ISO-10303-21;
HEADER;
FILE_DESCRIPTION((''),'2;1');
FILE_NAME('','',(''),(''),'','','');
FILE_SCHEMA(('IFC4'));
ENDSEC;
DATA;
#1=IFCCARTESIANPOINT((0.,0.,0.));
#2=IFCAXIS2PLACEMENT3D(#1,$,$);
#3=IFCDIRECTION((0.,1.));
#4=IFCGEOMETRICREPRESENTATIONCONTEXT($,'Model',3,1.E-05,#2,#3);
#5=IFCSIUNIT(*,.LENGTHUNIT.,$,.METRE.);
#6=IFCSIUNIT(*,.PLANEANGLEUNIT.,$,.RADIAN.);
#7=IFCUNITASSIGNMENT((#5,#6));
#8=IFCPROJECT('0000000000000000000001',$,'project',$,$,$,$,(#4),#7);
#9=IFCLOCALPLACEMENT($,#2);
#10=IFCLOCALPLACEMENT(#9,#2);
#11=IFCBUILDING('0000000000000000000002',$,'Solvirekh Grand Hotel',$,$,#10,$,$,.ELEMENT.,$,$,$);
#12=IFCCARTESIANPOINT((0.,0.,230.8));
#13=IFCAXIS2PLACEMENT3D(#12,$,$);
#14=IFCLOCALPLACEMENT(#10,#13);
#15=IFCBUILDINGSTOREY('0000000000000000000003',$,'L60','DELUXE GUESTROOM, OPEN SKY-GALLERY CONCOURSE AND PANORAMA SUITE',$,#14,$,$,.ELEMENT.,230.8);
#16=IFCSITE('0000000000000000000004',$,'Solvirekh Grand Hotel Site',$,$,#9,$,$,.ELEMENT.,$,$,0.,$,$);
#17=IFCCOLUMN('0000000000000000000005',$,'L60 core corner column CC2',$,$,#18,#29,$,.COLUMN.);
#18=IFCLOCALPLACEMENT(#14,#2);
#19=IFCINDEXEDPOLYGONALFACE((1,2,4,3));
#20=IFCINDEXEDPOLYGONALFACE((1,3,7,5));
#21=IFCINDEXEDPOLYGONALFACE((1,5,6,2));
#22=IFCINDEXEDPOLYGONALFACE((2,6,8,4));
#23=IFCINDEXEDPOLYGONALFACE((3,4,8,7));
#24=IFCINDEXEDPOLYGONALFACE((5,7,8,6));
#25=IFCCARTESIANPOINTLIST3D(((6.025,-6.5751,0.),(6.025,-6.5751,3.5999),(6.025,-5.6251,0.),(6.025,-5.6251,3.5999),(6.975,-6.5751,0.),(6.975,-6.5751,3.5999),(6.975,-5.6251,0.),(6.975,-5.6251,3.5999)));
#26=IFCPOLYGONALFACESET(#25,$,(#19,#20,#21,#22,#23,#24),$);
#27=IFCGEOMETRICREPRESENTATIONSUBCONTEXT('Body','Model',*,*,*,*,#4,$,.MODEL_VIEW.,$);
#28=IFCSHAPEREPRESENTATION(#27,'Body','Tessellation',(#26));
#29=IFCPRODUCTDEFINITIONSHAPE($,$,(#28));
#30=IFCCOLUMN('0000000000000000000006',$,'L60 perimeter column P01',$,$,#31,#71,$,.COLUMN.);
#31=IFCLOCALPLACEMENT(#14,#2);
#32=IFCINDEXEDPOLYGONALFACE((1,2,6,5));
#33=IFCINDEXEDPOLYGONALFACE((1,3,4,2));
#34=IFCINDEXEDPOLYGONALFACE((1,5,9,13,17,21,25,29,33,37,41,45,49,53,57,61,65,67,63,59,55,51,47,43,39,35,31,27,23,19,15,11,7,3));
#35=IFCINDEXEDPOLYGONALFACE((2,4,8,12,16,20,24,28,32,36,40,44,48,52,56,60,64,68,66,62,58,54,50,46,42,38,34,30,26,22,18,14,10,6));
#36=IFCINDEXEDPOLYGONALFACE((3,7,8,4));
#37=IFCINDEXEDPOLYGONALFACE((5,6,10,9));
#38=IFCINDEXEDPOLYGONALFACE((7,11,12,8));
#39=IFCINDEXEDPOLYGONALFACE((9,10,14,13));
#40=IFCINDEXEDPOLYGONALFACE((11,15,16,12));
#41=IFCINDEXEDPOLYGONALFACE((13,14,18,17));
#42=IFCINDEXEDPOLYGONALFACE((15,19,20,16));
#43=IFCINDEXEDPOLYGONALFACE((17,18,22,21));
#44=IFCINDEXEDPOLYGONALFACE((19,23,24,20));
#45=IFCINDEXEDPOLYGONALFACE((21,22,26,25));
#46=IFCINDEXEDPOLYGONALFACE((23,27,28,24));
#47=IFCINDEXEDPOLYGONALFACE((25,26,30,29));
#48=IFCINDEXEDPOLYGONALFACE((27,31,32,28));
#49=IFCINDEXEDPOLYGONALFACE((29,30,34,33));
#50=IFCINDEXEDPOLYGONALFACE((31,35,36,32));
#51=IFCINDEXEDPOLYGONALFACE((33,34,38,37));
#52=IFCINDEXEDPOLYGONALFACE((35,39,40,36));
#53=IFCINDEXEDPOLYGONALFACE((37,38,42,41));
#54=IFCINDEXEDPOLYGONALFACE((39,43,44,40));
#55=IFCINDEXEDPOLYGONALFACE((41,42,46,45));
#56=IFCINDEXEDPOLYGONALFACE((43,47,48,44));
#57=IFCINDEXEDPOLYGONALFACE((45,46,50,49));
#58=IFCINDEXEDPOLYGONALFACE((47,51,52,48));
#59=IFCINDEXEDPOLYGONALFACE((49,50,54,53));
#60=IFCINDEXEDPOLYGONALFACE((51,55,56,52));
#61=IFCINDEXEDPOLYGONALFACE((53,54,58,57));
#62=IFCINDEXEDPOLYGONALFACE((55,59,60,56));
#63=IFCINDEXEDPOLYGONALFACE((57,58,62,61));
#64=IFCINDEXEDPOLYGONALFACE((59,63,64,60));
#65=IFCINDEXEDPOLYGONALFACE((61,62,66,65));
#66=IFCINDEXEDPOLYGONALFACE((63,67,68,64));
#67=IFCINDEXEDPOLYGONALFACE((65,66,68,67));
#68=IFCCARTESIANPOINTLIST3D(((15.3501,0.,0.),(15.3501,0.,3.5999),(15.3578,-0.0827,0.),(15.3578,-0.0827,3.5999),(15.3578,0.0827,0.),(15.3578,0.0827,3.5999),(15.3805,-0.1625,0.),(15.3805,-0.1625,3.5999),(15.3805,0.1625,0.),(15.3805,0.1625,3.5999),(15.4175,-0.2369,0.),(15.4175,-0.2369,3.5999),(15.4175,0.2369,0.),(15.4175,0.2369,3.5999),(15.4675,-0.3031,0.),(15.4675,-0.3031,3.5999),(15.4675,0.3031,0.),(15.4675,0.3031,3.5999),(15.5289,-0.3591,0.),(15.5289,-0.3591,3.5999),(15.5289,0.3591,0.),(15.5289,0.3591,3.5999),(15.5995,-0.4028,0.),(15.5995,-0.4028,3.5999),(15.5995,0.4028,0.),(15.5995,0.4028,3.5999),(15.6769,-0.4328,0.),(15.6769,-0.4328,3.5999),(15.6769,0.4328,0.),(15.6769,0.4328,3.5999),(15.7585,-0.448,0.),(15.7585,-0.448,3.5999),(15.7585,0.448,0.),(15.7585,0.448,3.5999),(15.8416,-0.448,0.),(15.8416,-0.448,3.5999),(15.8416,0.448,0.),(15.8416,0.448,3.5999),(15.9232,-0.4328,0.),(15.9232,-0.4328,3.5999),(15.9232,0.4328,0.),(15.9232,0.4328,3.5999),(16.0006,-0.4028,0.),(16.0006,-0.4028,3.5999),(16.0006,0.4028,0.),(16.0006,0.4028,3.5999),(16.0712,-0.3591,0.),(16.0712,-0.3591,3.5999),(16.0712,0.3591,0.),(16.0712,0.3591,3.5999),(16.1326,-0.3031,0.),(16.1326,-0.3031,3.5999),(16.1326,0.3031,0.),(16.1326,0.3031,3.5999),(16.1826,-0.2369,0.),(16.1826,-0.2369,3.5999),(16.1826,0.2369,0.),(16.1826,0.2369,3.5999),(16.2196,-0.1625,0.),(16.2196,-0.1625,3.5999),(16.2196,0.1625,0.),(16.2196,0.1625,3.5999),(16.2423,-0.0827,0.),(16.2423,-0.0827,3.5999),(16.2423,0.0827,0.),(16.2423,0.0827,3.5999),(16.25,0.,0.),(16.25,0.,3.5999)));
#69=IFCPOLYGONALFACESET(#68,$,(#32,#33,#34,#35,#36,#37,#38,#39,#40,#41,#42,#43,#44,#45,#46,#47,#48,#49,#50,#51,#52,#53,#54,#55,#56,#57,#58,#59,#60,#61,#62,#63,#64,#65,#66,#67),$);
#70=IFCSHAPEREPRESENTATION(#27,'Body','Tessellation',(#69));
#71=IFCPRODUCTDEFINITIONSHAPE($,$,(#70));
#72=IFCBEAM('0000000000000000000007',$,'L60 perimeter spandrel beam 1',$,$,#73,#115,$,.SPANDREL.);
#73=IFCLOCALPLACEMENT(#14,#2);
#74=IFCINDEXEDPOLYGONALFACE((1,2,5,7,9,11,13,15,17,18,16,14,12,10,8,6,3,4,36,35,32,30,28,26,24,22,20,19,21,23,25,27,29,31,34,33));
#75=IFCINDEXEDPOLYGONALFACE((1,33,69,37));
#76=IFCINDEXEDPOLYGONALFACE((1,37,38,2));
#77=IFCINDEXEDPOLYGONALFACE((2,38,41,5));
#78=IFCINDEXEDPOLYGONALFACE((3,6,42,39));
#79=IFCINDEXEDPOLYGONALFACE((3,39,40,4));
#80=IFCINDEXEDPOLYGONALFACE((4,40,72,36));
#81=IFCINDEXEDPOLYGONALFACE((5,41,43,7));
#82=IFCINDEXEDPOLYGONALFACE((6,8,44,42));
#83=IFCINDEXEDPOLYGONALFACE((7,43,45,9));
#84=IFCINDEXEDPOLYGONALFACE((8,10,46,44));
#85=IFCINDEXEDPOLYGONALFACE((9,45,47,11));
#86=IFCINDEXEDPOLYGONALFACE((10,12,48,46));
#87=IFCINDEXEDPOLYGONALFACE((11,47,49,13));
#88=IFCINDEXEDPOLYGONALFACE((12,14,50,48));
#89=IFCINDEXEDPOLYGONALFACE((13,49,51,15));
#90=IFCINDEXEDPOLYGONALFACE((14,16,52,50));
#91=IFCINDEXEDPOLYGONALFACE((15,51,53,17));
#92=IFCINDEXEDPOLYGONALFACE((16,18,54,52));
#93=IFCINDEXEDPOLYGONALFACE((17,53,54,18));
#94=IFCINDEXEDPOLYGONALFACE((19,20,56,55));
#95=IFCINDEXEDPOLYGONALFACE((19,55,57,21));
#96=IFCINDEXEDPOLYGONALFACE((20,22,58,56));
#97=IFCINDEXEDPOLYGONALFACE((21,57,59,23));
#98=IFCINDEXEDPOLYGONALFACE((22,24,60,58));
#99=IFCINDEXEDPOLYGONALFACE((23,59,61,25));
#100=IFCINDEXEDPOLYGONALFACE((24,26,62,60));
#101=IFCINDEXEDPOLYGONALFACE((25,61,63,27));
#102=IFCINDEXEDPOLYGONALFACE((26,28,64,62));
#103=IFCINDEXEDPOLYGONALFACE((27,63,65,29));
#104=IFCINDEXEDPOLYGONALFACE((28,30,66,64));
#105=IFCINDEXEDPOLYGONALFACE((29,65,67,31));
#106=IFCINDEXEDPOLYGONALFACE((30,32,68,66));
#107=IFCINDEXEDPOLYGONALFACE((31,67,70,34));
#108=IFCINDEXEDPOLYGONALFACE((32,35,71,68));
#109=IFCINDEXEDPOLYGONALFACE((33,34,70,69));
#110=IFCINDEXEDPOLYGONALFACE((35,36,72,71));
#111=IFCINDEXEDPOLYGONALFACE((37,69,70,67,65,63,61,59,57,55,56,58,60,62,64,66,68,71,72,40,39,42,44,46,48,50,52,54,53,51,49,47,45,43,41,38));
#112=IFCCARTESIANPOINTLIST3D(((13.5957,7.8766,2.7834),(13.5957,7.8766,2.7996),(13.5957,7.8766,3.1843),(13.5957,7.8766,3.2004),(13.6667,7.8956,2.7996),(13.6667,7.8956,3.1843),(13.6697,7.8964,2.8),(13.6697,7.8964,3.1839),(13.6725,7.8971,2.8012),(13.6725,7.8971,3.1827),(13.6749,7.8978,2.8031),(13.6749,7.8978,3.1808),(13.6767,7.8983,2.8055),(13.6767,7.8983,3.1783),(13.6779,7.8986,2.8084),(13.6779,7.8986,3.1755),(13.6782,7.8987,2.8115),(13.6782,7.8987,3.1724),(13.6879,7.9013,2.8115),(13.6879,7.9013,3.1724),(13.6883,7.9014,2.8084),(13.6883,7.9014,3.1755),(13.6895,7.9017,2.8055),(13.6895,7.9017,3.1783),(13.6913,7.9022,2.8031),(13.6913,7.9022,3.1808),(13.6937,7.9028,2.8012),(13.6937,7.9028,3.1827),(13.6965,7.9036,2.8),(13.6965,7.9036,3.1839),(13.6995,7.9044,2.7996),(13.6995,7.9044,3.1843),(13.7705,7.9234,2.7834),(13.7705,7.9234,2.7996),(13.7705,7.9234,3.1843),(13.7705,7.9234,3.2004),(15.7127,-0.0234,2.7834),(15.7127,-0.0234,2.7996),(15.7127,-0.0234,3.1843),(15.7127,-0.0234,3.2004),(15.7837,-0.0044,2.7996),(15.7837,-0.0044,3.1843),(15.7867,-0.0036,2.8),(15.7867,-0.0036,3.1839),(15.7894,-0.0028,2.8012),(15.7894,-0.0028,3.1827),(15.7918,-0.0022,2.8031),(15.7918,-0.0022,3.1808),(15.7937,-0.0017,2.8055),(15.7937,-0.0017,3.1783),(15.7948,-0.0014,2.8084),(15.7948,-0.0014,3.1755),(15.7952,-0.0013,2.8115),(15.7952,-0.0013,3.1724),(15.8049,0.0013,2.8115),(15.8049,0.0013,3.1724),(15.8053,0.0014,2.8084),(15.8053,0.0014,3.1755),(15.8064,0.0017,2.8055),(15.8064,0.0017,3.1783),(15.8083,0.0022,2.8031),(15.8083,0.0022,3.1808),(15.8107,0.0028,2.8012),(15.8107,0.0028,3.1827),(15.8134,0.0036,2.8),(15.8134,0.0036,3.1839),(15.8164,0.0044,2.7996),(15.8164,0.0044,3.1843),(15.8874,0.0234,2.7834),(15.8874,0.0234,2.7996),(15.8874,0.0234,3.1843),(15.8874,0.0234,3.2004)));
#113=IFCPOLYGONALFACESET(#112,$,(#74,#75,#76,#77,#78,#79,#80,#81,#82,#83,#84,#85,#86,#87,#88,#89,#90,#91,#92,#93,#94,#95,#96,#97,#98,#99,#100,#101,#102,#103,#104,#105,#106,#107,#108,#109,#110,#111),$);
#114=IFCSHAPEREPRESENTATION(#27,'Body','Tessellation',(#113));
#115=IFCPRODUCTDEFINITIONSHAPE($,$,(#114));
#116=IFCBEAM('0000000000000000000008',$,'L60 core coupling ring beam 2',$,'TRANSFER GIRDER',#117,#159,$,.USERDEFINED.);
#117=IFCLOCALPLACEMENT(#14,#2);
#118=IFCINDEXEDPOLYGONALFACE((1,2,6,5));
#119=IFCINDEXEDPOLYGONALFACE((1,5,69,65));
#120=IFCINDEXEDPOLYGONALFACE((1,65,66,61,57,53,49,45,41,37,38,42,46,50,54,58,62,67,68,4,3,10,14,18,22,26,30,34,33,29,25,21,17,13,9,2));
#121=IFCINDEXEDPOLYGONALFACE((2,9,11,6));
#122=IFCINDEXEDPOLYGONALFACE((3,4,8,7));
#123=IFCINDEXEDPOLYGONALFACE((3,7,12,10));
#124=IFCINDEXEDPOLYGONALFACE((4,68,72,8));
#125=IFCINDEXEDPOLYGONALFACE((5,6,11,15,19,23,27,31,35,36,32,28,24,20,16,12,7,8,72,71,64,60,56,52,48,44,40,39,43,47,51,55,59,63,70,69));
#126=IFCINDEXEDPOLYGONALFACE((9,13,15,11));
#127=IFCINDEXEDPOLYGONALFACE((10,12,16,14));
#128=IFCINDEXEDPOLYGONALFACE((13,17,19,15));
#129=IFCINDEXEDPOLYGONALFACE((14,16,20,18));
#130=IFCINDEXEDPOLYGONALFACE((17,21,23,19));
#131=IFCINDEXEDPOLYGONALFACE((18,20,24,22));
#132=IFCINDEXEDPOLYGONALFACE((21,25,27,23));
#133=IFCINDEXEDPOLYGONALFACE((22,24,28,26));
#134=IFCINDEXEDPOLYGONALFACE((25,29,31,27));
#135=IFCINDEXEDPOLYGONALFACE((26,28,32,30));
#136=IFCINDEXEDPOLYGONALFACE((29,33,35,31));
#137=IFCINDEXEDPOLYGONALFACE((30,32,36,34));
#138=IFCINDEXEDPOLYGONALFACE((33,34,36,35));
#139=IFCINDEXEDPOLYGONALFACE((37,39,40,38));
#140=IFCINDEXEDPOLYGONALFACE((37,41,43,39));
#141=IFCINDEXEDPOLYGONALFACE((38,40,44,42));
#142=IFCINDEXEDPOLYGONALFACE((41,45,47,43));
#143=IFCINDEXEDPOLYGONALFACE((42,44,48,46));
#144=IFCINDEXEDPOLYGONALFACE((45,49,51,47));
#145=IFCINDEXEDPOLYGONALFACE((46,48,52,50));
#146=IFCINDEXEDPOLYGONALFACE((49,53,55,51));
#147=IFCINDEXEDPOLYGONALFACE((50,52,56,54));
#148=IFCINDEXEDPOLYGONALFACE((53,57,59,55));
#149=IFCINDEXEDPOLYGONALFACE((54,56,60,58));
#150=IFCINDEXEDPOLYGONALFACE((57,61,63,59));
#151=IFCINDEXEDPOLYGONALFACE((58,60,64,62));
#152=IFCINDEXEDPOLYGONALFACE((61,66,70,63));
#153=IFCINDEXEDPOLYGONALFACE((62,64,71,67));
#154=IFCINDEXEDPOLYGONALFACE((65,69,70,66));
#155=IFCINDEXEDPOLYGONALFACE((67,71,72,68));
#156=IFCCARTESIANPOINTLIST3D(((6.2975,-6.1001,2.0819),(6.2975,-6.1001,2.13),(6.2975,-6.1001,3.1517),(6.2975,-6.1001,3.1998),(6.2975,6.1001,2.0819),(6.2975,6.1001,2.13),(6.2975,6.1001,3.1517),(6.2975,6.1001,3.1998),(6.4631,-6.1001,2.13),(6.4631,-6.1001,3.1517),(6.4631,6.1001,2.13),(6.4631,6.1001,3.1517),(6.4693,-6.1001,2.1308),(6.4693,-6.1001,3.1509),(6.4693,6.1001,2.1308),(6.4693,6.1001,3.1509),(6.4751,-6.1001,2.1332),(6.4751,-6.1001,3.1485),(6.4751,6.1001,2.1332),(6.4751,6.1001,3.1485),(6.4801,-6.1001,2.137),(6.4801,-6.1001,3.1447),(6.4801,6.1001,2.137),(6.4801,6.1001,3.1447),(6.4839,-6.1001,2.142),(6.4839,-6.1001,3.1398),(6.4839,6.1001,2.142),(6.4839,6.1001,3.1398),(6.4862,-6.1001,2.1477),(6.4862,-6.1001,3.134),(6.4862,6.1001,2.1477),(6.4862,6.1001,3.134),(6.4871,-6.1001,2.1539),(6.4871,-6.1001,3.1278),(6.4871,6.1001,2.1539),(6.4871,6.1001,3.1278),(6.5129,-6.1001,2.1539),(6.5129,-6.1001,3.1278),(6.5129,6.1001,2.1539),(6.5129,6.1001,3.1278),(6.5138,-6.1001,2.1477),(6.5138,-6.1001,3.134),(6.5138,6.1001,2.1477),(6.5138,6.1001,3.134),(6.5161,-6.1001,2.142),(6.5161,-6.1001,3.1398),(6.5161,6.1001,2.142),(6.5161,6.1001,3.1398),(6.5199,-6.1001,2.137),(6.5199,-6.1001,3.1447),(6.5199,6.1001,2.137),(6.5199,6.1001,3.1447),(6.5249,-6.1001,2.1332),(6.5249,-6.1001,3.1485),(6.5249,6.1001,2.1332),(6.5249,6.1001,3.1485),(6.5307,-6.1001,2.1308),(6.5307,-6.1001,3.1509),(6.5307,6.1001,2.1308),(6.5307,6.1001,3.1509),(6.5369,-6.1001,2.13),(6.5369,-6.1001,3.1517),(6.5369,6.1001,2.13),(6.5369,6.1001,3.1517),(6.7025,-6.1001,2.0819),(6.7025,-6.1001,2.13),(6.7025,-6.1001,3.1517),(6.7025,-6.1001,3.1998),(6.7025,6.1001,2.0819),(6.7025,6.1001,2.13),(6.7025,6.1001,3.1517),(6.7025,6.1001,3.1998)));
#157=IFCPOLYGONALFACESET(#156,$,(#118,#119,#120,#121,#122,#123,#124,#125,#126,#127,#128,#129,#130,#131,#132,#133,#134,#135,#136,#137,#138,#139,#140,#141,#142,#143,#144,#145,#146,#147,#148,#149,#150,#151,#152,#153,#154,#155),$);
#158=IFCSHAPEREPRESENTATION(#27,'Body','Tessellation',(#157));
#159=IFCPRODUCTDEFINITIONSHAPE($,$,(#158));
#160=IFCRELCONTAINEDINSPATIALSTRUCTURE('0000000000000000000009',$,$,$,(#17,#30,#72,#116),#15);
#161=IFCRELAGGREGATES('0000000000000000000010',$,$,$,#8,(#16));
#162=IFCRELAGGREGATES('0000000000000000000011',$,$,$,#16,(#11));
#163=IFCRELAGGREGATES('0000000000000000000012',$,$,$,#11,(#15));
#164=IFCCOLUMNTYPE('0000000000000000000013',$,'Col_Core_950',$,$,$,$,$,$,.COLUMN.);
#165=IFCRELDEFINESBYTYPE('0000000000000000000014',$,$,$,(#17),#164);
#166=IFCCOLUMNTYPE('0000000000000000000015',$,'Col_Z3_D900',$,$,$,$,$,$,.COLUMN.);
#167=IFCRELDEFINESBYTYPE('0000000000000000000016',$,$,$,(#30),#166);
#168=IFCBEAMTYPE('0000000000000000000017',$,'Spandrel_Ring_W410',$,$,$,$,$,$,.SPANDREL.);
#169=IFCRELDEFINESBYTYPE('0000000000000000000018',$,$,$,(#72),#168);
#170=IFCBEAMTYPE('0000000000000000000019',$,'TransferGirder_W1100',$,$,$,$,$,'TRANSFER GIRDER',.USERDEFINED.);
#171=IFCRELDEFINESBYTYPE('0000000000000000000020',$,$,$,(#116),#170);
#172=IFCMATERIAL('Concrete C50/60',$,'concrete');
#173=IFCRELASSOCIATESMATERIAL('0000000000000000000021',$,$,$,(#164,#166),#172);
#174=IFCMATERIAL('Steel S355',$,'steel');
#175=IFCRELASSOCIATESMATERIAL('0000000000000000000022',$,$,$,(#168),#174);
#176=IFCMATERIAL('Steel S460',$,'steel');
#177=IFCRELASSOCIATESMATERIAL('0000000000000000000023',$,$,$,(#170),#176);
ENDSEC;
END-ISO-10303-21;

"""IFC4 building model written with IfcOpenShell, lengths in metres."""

from ifc_helpers import new_model, si_unit, direction, frame, origin, origin_2d, place, context, subcontext, project, spatial, rectangle, circle, i_section, extrude, material, material_profile, profile_set, type_object, element, save


model = new_model("IFC4")

# Units and contexts
model_context = context("Model", 3, precision=1e-05, world=origin(), true_north=direction((0.0, 1.0)))
body_context = subcontext(model_context, "Body", "Model", "MODEL_VIEW")
ifc_project = project(units=[si_unit("LENGTHUNIT", "METRE"), si_unit("PLANEANGLEUNIT", "RADIAN")], contexts=[model_context])

# Site, building, storey
site_placement = place(None, origin())
site = spatial("IfcSite", under=ifc_project, at=site_placement, Name="Solvirekh Grand Hotel Site", CompositionType="ELEMENT", RefElevation=0.0)
building_placement = place(site_placement, origin())
building = spatial("IfcBuilding", under=site, at=building_placement, Name="Solvirekh Grand Hotel", CompositionType="ELEMENT")
storey_placement = place(building_placement, frame((0.0, 0.0, 230.8)))
storey = spatial("IfcBuildingStorey", under=building, at=storey_placement, Name="L60", Description="DELUXE GUESTROOM, OPEN SKY-GALLERY CONCOURSE AND PANORAMA SUITE", CompositionType="ELEMENT", Elevation=230.8)

# Columns
ifc_material_1 = material(Name="Concrete C50/60", Category="concrete")
ifc_material_profile_1 = material_profile(ifc_material_1, rectangle(XDim=0.95, YDim=0.95, at=origin_2d()), Name="RC 950X950")
ifc_profile_set_1 = profile_set([ifc_material_profile_1], Name="Concrete C50/60")
column_type_1 = type_object("IfcColumnType", Name="Col_Core_950", PredefinedType="COLUMN", material=ifc_profile_set_1)
column_1_placement = place(storey_placement, frame((6.5, -6.1001, 0.0), z_axis=(0.0, 0.0, 1.0), x_axis=(1.0, 0.0, 0.0)))
element("IfcColumn", 1, at=column_1_placement, inside=storey, type_object=column_type_1, Name="L60 core corner column CC2", PredefinedType="COLUMN", context=body_context, shape_type="SweptSolid", body=[
    extrude(rectangle(XDim=0.95, YDim=0.95, at=origin_2d()), origin(), (0.0, 0.0, 1.0), 3.5999),
])
ifc_material_profile_2 = material_profile(ifc_material_1, circle(Radius=0.45, at=origin_2d()), Name="RC CIRC D900")
ifc_profile_set_2 = profile_set([ifc_material_profile_2], Name="Concrete C50/60")
column_type_2 = type_object("IfcColumnType", Name="Col_Z3_D900", PredefinedType="COLUMN", material=ifc_profile_set_2)
column_2_placement = place(storey_placement, frame((15.8, 0.0, 0.0), z_axis=(0.0, 0.0, 1.0), x_axis=(1.0, 0.0, 0.0)))
element("IfcColumn", 2, at=column_2_placement, inside=storey, type_object=column_type_2, Name="L60 perimeter column P01", PredefinedType="COLUMN", context=body_context, shape_type="SweptSolid", body=[
    extrude(circle(Radius=0.45, at=origin_2d()), origin(), (0.0, 0.0, 1.0), 3.5999),
])

# Beams
ifc_material_2 = material(Name="Steel S355", Category="steel")
ifc_material_profile_3 = material_profile(ifc_material_2, i_section(OverallWidth=0.1809, OverallDepth=0.417, WebThickness=0.01, FlangeThickness=0.0161, FilletRadius=0.012, at=origin_2d()), Name="W410X85")
ifc_profile_set_3 = profile_set([ifc_material_profile_3], Name="Steel S355")
beam_type_1 = type_object("IfcBeamType", Name="Spandrel_Ring_W410", PredefinedType="SPANDREL", material=ifc_profile_set_3)
beam_1_placement = place(storey_placement, frame((15.8, 0.0, 2.9919), z_axis=(-0.258839, 0.965921, 0.0), x_axis=(-0.965921, -0.258839, 0.0)))
element("IfcBeam", 3, at=beam_1_placement, inside=storey, type_object=beam_type_1, Name="L60 perimeter spandrel beam 1", PredefinedType="SPANDREL", context=body_context, shape_type="SweptSolid", body=[
    extrude(i_section(OverallWidth=0.1809, OverallDepth=0.417, WebThickness=0.01, FlangeThickness=0.0161, FilletRadius=0.012, at=origin_2d()), origin(), (0.0, 0.0, 1.0), 8.1787),
])
ifc_material_3 = material(Name="Steel S460", Category="steel")
ifc_material_profile_4 = material_profile(ifc_material_3, i_section(OverallWidth=0.405, OverallDepth=1.1179, WebThickness=0.0259, FlangeThickness=0.0481, FilletRadius=0.0239, at=origin_2d()), Name="W1100X499")
ifc_profile_set_4 = profile_set([ifc_material_profile_4], Name="Steel S460")
beam_type_2 = type_object("IfcBeamType", Name="TransferGirder_W1100", ElementType="TRANSFER GIRDER", PredefinedType="USERDEFINED", material=ifc_profile_set_4)
beam_2_placement = place(storey_placement, frame((6.5, -6.1001, 2.6409), z_axis=(0.0, 1.0, 0.0), x_axis=(-1.0, 0.0, 0.0)))
element("IfcBeam", 4, at=beam_2_placement, inside=storey, type_object=beam_type_2, Name="L60 core coupling ring beam 2", ObjectType="TRANSFER GIRDER", PredefinedType="USERDEFINED", context=body_context, shape_type="SweptSolid", body=[
    extrude(i_section(OverallWidth=0.405, OverallDepth=1.1179, WebThickness=0.0259, FlangeThickness=0.0481, FilletRadius=0.0239, at=origin_2d()), origin(), (0.0, 0.0, 1.0), 12.2002),
])

save(model, "model.ifc")
